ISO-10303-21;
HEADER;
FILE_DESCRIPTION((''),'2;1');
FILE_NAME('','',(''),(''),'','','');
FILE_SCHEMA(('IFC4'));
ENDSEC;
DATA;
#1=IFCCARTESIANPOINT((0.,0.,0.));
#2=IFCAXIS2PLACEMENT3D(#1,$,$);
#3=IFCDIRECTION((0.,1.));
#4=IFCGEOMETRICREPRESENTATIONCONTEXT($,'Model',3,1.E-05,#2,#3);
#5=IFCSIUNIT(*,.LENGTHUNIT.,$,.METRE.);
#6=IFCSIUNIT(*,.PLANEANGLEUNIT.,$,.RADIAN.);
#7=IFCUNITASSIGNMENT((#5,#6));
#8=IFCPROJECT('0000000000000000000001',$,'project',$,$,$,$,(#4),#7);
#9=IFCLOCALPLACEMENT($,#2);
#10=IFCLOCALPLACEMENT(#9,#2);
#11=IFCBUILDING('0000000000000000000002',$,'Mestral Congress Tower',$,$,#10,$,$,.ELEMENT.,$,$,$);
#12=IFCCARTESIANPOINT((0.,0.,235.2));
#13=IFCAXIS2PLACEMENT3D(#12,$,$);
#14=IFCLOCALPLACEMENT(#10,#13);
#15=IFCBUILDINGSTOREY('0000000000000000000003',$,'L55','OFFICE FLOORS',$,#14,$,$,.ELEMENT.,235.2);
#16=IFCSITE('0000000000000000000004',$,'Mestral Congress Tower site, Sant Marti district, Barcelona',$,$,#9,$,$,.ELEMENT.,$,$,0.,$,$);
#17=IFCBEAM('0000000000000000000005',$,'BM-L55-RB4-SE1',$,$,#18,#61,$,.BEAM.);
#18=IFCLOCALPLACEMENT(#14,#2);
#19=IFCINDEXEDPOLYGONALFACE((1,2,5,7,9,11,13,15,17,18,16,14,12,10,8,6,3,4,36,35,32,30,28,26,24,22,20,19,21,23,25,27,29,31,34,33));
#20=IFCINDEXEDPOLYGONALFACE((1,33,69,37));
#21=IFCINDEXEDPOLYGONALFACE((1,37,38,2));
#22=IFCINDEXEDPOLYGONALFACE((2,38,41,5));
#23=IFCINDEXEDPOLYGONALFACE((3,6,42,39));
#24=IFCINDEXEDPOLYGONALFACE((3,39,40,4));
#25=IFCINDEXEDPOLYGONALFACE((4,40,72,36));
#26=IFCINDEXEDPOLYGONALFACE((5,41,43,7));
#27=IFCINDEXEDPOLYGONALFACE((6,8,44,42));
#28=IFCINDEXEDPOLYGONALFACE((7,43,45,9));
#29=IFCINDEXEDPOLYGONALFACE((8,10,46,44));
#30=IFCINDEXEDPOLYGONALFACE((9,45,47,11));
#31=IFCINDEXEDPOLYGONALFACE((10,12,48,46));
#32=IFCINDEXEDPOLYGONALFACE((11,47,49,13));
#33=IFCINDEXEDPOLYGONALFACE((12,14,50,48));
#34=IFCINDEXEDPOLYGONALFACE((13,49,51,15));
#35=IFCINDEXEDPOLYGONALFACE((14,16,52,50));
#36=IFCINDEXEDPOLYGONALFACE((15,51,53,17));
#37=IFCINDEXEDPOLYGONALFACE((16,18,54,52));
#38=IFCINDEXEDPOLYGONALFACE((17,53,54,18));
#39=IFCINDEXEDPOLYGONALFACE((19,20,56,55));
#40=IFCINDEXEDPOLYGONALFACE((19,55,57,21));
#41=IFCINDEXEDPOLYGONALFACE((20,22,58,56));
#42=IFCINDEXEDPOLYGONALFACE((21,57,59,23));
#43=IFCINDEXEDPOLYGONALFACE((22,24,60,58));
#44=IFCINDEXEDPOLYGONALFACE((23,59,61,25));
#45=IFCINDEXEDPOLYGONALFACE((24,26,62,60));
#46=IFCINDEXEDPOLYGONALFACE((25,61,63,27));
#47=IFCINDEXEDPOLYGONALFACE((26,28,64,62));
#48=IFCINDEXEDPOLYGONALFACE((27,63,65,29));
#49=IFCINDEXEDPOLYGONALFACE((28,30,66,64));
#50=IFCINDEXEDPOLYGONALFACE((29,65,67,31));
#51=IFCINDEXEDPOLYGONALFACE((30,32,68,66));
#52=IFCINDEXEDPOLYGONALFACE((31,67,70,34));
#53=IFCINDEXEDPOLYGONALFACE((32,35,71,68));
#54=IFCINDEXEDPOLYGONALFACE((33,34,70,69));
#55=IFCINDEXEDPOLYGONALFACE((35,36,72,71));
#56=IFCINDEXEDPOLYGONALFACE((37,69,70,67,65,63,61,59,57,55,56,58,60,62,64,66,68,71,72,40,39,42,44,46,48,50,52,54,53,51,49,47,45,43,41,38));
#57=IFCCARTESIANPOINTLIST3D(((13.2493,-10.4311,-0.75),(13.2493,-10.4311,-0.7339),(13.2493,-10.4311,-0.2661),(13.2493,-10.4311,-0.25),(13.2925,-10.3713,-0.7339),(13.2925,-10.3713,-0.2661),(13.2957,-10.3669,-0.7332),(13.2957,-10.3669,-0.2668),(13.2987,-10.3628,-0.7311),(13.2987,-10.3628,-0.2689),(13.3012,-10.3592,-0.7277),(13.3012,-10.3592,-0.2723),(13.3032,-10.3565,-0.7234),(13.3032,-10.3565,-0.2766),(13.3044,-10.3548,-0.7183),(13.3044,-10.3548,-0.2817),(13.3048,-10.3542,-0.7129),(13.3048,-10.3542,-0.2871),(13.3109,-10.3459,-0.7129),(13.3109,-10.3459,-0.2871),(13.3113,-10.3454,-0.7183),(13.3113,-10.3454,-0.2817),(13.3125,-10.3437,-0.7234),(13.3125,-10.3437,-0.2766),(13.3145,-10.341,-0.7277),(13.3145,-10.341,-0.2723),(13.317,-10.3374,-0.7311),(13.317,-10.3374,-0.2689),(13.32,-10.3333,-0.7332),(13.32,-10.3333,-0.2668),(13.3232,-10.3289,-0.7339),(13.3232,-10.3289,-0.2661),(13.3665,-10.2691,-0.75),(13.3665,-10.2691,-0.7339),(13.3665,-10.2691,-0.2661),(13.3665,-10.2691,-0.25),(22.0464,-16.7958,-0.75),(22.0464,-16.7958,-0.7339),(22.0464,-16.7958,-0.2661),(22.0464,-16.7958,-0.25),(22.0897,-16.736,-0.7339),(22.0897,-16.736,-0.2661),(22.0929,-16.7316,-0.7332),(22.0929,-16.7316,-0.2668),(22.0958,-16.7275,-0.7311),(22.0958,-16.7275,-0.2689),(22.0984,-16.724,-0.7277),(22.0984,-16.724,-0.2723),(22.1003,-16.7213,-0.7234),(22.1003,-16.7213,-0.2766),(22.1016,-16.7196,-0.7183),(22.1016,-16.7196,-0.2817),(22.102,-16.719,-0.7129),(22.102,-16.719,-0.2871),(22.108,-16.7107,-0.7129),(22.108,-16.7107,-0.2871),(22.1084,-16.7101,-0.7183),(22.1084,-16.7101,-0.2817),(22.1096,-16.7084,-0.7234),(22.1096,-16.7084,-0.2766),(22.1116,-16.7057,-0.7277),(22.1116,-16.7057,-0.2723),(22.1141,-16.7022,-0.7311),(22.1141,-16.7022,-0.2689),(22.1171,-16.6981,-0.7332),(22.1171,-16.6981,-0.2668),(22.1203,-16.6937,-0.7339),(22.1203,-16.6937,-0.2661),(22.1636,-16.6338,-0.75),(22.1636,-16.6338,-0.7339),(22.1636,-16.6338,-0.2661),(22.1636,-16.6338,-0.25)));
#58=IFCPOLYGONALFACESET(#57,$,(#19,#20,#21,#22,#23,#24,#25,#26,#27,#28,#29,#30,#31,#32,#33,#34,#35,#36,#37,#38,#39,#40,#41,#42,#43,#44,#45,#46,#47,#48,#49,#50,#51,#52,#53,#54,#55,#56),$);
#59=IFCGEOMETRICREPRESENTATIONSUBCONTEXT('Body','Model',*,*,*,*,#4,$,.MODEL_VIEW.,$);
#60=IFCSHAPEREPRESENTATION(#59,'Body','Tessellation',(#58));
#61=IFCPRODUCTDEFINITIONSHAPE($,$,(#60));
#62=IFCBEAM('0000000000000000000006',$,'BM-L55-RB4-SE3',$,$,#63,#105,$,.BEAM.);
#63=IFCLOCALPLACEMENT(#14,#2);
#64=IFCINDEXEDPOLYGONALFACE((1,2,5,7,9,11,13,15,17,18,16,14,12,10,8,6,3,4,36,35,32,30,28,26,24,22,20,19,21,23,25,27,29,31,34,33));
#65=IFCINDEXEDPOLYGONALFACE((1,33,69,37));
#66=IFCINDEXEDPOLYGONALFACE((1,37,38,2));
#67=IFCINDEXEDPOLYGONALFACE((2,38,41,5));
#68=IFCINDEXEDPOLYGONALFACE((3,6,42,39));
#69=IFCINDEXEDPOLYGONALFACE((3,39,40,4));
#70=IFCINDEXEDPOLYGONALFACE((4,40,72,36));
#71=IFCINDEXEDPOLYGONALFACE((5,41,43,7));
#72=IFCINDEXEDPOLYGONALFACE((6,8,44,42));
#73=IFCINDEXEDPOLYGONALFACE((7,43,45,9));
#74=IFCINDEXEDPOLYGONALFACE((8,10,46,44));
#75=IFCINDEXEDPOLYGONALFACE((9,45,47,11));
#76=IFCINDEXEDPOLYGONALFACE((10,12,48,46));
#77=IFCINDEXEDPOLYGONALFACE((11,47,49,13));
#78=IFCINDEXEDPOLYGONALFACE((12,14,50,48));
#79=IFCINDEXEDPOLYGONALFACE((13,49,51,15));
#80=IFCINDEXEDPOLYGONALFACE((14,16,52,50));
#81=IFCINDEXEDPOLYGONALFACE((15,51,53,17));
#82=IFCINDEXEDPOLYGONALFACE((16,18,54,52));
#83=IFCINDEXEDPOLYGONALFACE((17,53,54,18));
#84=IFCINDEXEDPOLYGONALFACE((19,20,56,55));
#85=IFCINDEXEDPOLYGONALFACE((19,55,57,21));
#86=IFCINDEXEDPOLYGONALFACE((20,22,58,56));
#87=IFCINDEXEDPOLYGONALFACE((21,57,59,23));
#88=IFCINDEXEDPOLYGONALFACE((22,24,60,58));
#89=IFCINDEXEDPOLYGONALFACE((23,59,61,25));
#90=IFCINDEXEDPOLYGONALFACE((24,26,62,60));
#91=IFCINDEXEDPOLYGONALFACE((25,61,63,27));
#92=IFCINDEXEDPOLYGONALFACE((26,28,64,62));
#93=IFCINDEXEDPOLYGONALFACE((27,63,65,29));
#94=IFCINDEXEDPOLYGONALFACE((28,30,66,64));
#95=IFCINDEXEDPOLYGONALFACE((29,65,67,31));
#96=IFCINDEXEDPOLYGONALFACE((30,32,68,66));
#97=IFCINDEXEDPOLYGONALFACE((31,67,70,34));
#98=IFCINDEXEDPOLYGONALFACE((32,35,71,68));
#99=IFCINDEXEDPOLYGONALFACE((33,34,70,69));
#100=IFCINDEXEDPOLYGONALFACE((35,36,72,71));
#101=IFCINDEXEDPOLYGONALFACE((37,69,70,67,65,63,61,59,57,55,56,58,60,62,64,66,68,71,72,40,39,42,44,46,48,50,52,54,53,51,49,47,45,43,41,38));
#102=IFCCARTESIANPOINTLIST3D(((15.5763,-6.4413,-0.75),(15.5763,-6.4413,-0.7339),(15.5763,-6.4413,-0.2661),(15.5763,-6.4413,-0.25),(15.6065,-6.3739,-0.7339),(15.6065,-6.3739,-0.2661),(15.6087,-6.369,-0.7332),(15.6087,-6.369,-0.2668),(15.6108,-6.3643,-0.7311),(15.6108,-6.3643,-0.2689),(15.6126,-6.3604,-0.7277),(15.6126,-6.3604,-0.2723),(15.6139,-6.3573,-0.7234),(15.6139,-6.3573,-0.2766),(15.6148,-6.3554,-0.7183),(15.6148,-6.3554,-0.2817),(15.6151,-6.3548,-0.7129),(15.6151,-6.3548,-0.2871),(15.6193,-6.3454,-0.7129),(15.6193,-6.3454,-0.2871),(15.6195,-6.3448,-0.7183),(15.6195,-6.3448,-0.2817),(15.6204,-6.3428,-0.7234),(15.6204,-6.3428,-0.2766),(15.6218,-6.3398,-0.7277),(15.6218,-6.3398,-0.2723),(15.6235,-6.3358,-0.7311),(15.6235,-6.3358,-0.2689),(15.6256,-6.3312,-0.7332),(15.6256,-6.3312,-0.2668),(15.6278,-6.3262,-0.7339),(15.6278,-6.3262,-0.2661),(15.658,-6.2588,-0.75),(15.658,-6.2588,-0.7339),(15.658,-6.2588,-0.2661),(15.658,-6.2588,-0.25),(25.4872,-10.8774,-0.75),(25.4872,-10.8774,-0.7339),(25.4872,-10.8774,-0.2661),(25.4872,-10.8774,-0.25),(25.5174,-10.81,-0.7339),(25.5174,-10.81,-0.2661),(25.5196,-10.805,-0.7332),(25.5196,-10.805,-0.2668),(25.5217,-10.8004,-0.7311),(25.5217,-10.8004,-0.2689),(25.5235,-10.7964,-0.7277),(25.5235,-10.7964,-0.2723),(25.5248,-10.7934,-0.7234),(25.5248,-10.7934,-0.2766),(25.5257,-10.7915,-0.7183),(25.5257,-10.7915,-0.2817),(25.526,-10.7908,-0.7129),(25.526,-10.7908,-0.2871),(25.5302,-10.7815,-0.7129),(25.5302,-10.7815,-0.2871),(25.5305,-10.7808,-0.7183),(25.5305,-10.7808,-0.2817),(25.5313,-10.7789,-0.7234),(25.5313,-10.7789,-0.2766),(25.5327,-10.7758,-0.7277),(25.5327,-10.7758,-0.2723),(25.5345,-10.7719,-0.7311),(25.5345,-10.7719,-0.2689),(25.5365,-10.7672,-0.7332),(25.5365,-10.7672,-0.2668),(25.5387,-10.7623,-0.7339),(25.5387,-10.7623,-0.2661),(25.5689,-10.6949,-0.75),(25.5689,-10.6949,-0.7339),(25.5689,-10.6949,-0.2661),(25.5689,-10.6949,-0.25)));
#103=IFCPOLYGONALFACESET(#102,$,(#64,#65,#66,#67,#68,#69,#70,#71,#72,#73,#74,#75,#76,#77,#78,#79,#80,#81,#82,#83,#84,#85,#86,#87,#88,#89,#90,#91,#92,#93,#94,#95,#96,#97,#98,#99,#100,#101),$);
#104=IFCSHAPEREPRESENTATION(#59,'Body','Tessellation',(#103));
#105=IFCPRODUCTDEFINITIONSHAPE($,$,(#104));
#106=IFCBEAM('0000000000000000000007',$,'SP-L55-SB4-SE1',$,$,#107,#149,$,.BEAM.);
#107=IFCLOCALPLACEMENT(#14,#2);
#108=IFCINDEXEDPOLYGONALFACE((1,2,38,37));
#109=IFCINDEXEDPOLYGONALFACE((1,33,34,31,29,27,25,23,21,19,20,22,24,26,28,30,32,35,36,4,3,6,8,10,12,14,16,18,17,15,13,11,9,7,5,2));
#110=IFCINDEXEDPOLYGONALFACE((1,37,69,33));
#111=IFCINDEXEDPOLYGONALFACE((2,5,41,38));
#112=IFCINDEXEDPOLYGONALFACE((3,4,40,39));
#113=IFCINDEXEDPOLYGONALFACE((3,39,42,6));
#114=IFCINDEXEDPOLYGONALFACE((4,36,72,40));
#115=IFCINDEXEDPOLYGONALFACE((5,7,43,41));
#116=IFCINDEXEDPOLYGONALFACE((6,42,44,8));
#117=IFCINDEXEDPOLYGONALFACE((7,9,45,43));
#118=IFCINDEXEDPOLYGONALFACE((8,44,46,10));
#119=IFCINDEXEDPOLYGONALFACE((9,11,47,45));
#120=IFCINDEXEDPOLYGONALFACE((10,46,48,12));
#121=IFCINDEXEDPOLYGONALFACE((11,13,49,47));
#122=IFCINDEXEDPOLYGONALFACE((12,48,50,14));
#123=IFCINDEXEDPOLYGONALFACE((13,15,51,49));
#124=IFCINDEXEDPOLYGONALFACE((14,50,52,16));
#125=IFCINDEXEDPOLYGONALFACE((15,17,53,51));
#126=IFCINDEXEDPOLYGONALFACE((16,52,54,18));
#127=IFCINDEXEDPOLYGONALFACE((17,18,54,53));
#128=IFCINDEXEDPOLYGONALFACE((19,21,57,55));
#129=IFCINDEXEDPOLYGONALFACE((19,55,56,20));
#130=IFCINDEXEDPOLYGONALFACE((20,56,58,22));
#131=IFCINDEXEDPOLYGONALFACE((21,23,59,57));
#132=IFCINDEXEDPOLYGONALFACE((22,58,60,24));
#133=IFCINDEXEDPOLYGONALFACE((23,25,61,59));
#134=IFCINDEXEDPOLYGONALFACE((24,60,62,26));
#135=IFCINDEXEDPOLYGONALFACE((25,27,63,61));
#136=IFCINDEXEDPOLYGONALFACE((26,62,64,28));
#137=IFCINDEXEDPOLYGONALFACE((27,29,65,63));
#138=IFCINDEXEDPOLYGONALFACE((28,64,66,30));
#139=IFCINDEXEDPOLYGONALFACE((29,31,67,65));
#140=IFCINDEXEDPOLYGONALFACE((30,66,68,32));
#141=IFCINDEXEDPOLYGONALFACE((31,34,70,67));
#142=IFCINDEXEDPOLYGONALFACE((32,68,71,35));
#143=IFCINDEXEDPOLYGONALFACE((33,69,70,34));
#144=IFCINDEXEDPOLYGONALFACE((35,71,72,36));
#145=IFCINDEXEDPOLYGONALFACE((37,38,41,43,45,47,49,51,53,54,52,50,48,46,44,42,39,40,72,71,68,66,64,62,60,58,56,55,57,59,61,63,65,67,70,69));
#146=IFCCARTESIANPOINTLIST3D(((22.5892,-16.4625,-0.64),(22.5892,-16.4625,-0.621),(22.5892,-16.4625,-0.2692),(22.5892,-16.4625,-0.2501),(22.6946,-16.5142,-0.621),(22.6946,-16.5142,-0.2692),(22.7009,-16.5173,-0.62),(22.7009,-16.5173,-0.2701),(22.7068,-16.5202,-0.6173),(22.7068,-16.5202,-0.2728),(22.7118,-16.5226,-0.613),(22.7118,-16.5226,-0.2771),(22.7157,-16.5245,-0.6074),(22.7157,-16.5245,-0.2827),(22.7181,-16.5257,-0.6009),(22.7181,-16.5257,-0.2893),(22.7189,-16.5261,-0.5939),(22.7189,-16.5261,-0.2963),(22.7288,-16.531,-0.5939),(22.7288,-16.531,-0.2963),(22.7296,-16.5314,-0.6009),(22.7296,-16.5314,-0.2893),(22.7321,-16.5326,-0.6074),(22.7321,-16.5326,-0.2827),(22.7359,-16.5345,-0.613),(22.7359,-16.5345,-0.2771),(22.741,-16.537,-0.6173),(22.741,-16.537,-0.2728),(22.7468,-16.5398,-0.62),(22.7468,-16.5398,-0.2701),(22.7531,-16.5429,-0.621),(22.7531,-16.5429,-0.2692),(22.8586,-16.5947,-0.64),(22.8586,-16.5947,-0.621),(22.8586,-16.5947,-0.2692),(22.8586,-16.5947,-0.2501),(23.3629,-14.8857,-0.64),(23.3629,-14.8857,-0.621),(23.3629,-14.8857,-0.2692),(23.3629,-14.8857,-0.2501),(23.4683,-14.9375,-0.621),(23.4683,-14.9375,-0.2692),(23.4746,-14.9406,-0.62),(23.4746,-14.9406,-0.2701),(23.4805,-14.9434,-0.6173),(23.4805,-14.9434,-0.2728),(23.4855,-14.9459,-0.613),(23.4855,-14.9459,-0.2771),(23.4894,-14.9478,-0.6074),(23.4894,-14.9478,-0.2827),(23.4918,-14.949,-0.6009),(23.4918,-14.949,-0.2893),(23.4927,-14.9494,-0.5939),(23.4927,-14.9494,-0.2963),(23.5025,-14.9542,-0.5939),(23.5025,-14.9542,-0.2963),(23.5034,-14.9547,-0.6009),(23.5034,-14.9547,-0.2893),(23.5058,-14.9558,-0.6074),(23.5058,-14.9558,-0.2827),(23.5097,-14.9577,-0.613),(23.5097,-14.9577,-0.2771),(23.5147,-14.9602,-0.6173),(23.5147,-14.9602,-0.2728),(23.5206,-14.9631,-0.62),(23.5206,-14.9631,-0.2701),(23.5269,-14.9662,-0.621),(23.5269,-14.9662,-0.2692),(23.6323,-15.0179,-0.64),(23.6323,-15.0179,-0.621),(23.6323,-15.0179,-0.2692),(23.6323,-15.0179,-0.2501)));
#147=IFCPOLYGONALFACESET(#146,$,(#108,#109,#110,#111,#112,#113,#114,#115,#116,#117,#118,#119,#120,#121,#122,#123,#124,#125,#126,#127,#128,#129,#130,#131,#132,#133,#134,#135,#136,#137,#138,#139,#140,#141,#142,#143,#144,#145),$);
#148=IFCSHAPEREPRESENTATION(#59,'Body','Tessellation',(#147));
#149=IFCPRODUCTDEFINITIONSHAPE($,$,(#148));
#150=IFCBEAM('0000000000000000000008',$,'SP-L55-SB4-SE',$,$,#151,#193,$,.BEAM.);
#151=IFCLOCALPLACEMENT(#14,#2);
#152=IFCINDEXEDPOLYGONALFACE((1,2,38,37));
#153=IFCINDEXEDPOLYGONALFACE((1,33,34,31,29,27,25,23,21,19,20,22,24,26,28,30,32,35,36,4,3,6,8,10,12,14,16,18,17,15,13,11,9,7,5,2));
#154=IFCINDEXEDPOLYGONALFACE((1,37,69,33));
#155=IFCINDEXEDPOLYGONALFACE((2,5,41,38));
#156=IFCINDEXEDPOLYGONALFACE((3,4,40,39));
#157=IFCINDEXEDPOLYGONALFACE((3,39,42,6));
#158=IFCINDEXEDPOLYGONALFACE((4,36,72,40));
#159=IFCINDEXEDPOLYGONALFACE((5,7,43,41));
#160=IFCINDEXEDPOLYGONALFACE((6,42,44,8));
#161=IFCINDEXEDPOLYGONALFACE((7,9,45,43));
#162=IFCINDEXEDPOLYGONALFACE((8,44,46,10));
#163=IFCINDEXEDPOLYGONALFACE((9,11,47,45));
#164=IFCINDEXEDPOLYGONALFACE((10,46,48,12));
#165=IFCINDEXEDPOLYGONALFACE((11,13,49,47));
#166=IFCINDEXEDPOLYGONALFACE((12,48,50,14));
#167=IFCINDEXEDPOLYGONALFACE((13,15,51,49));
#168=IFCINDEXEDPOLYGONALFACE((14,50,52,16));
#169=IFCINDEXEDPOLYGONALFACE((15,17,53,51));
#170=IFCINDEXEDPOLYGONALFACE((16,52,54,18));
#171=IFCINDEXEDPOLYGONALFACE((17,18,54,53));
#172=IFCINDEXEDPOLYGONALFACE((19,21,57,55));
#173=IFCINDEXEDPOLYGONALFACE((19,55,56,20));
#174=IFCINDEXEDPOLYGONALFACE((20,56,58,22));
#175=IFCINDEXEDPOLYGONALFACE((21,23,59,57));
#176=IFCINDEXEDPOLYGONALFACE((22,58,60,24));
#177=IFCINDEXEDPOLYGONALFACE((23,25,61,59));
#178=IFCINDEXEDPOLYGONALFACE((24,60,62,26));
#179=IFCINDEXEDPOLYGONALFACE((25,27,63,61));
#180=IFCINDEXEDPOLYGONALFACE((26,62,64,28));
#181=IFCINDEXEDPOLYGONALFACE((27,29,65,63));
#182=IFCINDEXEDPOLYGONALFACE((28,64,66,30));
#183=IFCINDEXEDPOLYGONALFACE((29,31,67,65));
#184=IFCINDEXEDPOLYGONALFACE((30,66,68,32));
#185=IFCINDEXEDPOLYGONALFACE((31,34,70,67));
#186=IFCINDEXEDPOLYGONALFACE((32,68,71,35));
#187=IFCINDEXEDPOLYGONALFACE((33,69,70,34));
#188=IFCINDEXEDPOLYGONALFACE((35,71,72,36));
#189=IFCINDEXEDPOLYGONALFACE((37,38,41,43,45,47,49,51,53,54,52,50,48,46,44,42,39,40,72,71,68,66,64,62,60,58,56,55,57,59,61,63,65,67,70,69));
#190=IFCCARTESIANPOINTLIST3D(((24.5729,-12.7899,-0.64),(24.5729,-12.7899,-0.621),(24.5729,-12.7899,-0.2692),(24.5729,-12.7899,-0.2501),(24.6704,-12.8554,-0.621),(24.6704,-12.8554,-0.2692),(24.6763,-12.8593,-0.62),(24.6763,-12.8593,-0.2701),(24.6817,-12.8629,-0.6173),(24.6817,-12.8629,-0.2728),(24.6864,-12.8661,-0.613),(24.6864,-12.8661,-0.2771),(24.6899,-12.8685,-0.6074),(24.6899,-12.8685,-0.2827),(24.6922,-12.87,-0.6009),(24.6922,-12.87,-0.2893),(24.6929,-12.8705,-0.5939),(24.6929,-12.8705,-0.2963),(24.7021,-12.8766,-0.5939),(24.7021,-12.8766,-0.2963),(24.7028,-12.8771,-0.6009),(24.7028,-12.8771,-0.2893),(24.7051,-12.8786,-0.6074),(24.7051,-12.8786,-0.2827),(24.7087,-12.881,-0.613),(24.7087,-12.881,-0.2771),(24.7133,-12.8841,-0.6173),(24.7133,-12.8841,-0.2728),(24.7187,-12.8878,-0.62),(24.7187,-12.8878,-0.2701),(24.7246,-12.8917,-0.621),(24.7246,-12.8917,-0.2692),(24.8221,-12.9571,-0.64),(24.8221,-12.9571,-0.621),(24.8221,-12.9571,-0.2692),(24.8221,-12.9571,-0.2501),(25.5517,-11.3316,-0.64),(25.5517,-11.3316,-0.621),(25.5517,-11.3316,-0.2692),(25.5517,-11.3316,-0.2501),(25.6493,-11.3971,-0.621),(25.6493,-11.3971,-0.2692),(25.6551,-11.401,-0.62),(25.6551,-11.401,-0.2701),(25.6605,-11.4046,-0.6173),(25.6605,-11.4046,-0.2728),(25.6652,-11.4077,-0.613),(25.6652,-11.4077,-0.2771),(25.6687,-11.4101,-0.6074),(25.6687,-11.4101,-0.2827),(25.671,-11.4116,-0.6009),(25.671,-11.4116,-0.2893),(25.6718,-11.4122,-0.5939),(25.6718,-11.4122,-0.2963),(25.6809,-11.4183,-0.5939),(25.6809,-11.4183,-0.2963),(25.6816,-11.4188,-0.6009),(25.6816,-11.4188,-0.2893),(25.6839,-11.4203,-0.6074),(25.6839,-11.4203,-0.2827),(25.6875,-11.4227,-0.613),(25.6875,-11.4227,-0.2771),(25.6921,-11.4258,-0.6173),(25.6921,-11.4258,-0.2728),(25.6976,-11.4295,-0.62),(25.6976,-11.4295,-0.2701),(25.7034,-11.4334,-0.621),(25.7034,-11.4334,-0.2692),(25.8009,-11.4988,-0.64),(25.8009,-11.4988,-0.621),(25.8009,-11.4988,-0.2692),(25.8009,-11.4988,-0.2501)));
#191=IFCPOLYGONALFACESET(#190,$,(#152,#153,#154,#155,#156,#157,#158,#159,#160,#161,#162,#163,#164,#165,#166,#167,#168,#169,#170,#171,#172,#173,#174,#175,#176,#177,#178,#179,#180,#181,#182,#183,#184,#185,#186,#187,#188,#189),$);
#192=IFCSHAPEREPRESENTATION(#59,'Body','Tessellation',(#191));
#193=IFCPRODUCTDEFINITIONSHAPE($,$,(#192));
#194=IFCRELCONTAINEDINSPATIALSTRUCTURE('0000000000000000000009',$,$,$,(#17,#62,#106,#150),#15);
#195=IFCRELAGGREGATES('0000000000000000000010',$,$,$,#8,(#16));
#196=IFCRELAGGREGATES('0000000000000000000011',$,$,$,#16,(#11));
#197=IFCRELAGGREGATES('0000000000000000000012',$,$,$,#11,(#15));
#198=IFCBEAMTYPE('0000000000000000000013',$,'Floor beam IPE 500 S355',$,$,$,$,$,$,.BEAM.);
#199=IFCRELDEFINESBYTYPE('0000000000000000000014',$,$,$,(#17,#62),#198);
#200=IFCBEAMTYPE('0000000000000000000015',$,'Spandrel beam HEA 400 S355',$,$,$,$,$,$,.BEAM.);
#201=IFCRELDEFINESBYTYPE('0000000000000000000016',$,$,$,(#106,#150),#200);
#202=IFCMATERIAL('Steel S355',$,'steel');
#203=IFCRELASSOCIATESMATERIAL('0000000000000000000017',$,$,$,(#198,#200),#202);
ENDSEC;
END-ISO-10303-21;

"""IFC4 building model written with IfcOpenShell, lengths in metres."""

from ifc_helpers import new_model, si_unit, direction, frame, origin, origin_2d, place, context, subcontext, project, spatial, i_section, extrude, material, material_profile, profile_set, type_object, element, save


model = new_model("IFC4")

# Units and contexts
model_context = context("Model", 3, precision=1e-05, world=origin(), true_north=direction((0.0, 1.0)))
body_context = subcontext(model_context, "Body", "Model", "MODEL_VIEW")
ifc_project = project(units=[si_unit("LENGTHUNIT", "METRE"), si_unit("PLANEANGLEUNIT", "RADIAN")], contexts=[model_context])

# Site, building, storey
site_placement = place(None, origin())
site = spatial("IfcSite", under=ifc_project, at=site_placement, Name="Mestral Congress Tower site, Sant Marti district, Barcelona", CompositionType="ELEMENT", RefElevation=0.0)
building_placement = place(site_placement, origin())
building = spatial("IfcBuilding", under=site, at=building_placement, Name="Mestral Congress Tower", CompositionType="ELEMENT")
storey_placement = place(building_placement, frame((0.0, 0.0, 235.2)))
storey = spatial("IfcBuildingStorey", under=building, at=storey_placement, Name="L55", Description="OFFICE FLOORS", CompositionType="ELEMENT", Elevation=235.2)

# Beams
ifc_material_1 = material(Name="Steel S355", Category="steel")
ifc_material_profile_1 = material_profile(ifc_material_1, i_section(OverallWidth=0.2, OverallDepth=0.5, WebThickness=0.0103, FlangeThickness=0.0161, FilletRadius=0.021, at=origin_2d()), Name="IPE 500")
ifc_profile_set_1 = profile_set([ifc_material_profile_1], Name="Steel S355")
beam_type_1 = type_object("IfcBeamType", Name="Floor beam IPE 500 S355", PredefinedType="BEAM", material=ifc_profile_set_1)
beam_1_placement = place(storey_placement, frame((22.105, -16.7148, -0.5), z_axis=(-0.810186, 0.586173, 0.0), x_axis=(-0.586173, -0.810186, 0.0)))
element("IfcBeam", 1, at=beam_1_placement, inside=storey, type_object=beam_type_1, Name="BM-L55-RB4-SE1", PredefinedType="BEAM", context=body_context, shape_type="SweptSolid", body=[
    extrude(i_section(OverallWidth=0.2, OverallDepth=0.5, WebThickness=0.0103, FlangeThickness=0.0161, FilletRadius=0.021, at=origin_2d()), origin(), (0.0, 0.0, 1.0), 10.8582),
])
beam_2_placement = place(storey_placement, frame((25.5281, -10.7861, -0.5), z_axis=(-0.912742, 0.408536, 0.0), x_axis=(-0.408536, -0.912742, 0.0)))
element("IfcBeam", 2, at=beam_2_placement, inside=storey, type_object=beam_type_1, Name="BM-L55-RB4-SE3", PredefinedType="BEAM", context=body_context, shape_type="SweptSolid", body=[
    extrude(i_section(OverallWidth=0.2, OverallDepth=0.5, WebThickness=0.0103, FlangeThickness=0.0161, FilletRadius=0.021, at=origin_2d()), origin(), (0.0, 0.0, 1.0), 10.8584),
])
ifc_material_profile_2 = material_profile(ifc_material_1, i_section(OverallWidth=0.3, OverallDepth=0.3899, WebThickness=0.011, FlangeThickness=0.019, FilletRadius=0.0271, at=origin_2d()), Name="HEA 400")
ifc_profile_set_2 = profile_set([ifc_material_profile_2], Name="Steel S355")
beam_type_2 = type_object("IfcBeamType", Name="Spandrel beam HEA 400 S355", PredefinedType="BEAM", material=ifc_profile_set_2)
for number, where, z_axis, x_axis, name in (
    (3, (22.7239, -16.5286, -0.4451), (0.440529, 0.897739, 0.0), (-0.897739, 0.440529, 0.0), "SP-L55-SB4-SE1"),
    (4, (24.6975, -12.8735, -0.4451), (0.557296, 0.830314, 0.0), (-0.830314, 0.557296, 0.0), "SP-L55-SB4-SE"),
):
    element("IfcBeam", number, at=place(storey_placement, frame(where, z_axis=z_axis, x_axis=x_axis)), inside=storey, type_object=beam_type_2, Name=name, PredefinedType="BEAM", context=body_context, shape_type="SweptSolid", body=[
        extrude(i_section(OverallWidth=0.3, OverallDepth=0.3899, WebThickness=0.011, FlangeThickness=0.019, FilletRadius=0.0271, at=origin_2d()), origin(), (0.0, 0.0, 1.0), 1.7563),
    ])

save(model, "model.ifc")
